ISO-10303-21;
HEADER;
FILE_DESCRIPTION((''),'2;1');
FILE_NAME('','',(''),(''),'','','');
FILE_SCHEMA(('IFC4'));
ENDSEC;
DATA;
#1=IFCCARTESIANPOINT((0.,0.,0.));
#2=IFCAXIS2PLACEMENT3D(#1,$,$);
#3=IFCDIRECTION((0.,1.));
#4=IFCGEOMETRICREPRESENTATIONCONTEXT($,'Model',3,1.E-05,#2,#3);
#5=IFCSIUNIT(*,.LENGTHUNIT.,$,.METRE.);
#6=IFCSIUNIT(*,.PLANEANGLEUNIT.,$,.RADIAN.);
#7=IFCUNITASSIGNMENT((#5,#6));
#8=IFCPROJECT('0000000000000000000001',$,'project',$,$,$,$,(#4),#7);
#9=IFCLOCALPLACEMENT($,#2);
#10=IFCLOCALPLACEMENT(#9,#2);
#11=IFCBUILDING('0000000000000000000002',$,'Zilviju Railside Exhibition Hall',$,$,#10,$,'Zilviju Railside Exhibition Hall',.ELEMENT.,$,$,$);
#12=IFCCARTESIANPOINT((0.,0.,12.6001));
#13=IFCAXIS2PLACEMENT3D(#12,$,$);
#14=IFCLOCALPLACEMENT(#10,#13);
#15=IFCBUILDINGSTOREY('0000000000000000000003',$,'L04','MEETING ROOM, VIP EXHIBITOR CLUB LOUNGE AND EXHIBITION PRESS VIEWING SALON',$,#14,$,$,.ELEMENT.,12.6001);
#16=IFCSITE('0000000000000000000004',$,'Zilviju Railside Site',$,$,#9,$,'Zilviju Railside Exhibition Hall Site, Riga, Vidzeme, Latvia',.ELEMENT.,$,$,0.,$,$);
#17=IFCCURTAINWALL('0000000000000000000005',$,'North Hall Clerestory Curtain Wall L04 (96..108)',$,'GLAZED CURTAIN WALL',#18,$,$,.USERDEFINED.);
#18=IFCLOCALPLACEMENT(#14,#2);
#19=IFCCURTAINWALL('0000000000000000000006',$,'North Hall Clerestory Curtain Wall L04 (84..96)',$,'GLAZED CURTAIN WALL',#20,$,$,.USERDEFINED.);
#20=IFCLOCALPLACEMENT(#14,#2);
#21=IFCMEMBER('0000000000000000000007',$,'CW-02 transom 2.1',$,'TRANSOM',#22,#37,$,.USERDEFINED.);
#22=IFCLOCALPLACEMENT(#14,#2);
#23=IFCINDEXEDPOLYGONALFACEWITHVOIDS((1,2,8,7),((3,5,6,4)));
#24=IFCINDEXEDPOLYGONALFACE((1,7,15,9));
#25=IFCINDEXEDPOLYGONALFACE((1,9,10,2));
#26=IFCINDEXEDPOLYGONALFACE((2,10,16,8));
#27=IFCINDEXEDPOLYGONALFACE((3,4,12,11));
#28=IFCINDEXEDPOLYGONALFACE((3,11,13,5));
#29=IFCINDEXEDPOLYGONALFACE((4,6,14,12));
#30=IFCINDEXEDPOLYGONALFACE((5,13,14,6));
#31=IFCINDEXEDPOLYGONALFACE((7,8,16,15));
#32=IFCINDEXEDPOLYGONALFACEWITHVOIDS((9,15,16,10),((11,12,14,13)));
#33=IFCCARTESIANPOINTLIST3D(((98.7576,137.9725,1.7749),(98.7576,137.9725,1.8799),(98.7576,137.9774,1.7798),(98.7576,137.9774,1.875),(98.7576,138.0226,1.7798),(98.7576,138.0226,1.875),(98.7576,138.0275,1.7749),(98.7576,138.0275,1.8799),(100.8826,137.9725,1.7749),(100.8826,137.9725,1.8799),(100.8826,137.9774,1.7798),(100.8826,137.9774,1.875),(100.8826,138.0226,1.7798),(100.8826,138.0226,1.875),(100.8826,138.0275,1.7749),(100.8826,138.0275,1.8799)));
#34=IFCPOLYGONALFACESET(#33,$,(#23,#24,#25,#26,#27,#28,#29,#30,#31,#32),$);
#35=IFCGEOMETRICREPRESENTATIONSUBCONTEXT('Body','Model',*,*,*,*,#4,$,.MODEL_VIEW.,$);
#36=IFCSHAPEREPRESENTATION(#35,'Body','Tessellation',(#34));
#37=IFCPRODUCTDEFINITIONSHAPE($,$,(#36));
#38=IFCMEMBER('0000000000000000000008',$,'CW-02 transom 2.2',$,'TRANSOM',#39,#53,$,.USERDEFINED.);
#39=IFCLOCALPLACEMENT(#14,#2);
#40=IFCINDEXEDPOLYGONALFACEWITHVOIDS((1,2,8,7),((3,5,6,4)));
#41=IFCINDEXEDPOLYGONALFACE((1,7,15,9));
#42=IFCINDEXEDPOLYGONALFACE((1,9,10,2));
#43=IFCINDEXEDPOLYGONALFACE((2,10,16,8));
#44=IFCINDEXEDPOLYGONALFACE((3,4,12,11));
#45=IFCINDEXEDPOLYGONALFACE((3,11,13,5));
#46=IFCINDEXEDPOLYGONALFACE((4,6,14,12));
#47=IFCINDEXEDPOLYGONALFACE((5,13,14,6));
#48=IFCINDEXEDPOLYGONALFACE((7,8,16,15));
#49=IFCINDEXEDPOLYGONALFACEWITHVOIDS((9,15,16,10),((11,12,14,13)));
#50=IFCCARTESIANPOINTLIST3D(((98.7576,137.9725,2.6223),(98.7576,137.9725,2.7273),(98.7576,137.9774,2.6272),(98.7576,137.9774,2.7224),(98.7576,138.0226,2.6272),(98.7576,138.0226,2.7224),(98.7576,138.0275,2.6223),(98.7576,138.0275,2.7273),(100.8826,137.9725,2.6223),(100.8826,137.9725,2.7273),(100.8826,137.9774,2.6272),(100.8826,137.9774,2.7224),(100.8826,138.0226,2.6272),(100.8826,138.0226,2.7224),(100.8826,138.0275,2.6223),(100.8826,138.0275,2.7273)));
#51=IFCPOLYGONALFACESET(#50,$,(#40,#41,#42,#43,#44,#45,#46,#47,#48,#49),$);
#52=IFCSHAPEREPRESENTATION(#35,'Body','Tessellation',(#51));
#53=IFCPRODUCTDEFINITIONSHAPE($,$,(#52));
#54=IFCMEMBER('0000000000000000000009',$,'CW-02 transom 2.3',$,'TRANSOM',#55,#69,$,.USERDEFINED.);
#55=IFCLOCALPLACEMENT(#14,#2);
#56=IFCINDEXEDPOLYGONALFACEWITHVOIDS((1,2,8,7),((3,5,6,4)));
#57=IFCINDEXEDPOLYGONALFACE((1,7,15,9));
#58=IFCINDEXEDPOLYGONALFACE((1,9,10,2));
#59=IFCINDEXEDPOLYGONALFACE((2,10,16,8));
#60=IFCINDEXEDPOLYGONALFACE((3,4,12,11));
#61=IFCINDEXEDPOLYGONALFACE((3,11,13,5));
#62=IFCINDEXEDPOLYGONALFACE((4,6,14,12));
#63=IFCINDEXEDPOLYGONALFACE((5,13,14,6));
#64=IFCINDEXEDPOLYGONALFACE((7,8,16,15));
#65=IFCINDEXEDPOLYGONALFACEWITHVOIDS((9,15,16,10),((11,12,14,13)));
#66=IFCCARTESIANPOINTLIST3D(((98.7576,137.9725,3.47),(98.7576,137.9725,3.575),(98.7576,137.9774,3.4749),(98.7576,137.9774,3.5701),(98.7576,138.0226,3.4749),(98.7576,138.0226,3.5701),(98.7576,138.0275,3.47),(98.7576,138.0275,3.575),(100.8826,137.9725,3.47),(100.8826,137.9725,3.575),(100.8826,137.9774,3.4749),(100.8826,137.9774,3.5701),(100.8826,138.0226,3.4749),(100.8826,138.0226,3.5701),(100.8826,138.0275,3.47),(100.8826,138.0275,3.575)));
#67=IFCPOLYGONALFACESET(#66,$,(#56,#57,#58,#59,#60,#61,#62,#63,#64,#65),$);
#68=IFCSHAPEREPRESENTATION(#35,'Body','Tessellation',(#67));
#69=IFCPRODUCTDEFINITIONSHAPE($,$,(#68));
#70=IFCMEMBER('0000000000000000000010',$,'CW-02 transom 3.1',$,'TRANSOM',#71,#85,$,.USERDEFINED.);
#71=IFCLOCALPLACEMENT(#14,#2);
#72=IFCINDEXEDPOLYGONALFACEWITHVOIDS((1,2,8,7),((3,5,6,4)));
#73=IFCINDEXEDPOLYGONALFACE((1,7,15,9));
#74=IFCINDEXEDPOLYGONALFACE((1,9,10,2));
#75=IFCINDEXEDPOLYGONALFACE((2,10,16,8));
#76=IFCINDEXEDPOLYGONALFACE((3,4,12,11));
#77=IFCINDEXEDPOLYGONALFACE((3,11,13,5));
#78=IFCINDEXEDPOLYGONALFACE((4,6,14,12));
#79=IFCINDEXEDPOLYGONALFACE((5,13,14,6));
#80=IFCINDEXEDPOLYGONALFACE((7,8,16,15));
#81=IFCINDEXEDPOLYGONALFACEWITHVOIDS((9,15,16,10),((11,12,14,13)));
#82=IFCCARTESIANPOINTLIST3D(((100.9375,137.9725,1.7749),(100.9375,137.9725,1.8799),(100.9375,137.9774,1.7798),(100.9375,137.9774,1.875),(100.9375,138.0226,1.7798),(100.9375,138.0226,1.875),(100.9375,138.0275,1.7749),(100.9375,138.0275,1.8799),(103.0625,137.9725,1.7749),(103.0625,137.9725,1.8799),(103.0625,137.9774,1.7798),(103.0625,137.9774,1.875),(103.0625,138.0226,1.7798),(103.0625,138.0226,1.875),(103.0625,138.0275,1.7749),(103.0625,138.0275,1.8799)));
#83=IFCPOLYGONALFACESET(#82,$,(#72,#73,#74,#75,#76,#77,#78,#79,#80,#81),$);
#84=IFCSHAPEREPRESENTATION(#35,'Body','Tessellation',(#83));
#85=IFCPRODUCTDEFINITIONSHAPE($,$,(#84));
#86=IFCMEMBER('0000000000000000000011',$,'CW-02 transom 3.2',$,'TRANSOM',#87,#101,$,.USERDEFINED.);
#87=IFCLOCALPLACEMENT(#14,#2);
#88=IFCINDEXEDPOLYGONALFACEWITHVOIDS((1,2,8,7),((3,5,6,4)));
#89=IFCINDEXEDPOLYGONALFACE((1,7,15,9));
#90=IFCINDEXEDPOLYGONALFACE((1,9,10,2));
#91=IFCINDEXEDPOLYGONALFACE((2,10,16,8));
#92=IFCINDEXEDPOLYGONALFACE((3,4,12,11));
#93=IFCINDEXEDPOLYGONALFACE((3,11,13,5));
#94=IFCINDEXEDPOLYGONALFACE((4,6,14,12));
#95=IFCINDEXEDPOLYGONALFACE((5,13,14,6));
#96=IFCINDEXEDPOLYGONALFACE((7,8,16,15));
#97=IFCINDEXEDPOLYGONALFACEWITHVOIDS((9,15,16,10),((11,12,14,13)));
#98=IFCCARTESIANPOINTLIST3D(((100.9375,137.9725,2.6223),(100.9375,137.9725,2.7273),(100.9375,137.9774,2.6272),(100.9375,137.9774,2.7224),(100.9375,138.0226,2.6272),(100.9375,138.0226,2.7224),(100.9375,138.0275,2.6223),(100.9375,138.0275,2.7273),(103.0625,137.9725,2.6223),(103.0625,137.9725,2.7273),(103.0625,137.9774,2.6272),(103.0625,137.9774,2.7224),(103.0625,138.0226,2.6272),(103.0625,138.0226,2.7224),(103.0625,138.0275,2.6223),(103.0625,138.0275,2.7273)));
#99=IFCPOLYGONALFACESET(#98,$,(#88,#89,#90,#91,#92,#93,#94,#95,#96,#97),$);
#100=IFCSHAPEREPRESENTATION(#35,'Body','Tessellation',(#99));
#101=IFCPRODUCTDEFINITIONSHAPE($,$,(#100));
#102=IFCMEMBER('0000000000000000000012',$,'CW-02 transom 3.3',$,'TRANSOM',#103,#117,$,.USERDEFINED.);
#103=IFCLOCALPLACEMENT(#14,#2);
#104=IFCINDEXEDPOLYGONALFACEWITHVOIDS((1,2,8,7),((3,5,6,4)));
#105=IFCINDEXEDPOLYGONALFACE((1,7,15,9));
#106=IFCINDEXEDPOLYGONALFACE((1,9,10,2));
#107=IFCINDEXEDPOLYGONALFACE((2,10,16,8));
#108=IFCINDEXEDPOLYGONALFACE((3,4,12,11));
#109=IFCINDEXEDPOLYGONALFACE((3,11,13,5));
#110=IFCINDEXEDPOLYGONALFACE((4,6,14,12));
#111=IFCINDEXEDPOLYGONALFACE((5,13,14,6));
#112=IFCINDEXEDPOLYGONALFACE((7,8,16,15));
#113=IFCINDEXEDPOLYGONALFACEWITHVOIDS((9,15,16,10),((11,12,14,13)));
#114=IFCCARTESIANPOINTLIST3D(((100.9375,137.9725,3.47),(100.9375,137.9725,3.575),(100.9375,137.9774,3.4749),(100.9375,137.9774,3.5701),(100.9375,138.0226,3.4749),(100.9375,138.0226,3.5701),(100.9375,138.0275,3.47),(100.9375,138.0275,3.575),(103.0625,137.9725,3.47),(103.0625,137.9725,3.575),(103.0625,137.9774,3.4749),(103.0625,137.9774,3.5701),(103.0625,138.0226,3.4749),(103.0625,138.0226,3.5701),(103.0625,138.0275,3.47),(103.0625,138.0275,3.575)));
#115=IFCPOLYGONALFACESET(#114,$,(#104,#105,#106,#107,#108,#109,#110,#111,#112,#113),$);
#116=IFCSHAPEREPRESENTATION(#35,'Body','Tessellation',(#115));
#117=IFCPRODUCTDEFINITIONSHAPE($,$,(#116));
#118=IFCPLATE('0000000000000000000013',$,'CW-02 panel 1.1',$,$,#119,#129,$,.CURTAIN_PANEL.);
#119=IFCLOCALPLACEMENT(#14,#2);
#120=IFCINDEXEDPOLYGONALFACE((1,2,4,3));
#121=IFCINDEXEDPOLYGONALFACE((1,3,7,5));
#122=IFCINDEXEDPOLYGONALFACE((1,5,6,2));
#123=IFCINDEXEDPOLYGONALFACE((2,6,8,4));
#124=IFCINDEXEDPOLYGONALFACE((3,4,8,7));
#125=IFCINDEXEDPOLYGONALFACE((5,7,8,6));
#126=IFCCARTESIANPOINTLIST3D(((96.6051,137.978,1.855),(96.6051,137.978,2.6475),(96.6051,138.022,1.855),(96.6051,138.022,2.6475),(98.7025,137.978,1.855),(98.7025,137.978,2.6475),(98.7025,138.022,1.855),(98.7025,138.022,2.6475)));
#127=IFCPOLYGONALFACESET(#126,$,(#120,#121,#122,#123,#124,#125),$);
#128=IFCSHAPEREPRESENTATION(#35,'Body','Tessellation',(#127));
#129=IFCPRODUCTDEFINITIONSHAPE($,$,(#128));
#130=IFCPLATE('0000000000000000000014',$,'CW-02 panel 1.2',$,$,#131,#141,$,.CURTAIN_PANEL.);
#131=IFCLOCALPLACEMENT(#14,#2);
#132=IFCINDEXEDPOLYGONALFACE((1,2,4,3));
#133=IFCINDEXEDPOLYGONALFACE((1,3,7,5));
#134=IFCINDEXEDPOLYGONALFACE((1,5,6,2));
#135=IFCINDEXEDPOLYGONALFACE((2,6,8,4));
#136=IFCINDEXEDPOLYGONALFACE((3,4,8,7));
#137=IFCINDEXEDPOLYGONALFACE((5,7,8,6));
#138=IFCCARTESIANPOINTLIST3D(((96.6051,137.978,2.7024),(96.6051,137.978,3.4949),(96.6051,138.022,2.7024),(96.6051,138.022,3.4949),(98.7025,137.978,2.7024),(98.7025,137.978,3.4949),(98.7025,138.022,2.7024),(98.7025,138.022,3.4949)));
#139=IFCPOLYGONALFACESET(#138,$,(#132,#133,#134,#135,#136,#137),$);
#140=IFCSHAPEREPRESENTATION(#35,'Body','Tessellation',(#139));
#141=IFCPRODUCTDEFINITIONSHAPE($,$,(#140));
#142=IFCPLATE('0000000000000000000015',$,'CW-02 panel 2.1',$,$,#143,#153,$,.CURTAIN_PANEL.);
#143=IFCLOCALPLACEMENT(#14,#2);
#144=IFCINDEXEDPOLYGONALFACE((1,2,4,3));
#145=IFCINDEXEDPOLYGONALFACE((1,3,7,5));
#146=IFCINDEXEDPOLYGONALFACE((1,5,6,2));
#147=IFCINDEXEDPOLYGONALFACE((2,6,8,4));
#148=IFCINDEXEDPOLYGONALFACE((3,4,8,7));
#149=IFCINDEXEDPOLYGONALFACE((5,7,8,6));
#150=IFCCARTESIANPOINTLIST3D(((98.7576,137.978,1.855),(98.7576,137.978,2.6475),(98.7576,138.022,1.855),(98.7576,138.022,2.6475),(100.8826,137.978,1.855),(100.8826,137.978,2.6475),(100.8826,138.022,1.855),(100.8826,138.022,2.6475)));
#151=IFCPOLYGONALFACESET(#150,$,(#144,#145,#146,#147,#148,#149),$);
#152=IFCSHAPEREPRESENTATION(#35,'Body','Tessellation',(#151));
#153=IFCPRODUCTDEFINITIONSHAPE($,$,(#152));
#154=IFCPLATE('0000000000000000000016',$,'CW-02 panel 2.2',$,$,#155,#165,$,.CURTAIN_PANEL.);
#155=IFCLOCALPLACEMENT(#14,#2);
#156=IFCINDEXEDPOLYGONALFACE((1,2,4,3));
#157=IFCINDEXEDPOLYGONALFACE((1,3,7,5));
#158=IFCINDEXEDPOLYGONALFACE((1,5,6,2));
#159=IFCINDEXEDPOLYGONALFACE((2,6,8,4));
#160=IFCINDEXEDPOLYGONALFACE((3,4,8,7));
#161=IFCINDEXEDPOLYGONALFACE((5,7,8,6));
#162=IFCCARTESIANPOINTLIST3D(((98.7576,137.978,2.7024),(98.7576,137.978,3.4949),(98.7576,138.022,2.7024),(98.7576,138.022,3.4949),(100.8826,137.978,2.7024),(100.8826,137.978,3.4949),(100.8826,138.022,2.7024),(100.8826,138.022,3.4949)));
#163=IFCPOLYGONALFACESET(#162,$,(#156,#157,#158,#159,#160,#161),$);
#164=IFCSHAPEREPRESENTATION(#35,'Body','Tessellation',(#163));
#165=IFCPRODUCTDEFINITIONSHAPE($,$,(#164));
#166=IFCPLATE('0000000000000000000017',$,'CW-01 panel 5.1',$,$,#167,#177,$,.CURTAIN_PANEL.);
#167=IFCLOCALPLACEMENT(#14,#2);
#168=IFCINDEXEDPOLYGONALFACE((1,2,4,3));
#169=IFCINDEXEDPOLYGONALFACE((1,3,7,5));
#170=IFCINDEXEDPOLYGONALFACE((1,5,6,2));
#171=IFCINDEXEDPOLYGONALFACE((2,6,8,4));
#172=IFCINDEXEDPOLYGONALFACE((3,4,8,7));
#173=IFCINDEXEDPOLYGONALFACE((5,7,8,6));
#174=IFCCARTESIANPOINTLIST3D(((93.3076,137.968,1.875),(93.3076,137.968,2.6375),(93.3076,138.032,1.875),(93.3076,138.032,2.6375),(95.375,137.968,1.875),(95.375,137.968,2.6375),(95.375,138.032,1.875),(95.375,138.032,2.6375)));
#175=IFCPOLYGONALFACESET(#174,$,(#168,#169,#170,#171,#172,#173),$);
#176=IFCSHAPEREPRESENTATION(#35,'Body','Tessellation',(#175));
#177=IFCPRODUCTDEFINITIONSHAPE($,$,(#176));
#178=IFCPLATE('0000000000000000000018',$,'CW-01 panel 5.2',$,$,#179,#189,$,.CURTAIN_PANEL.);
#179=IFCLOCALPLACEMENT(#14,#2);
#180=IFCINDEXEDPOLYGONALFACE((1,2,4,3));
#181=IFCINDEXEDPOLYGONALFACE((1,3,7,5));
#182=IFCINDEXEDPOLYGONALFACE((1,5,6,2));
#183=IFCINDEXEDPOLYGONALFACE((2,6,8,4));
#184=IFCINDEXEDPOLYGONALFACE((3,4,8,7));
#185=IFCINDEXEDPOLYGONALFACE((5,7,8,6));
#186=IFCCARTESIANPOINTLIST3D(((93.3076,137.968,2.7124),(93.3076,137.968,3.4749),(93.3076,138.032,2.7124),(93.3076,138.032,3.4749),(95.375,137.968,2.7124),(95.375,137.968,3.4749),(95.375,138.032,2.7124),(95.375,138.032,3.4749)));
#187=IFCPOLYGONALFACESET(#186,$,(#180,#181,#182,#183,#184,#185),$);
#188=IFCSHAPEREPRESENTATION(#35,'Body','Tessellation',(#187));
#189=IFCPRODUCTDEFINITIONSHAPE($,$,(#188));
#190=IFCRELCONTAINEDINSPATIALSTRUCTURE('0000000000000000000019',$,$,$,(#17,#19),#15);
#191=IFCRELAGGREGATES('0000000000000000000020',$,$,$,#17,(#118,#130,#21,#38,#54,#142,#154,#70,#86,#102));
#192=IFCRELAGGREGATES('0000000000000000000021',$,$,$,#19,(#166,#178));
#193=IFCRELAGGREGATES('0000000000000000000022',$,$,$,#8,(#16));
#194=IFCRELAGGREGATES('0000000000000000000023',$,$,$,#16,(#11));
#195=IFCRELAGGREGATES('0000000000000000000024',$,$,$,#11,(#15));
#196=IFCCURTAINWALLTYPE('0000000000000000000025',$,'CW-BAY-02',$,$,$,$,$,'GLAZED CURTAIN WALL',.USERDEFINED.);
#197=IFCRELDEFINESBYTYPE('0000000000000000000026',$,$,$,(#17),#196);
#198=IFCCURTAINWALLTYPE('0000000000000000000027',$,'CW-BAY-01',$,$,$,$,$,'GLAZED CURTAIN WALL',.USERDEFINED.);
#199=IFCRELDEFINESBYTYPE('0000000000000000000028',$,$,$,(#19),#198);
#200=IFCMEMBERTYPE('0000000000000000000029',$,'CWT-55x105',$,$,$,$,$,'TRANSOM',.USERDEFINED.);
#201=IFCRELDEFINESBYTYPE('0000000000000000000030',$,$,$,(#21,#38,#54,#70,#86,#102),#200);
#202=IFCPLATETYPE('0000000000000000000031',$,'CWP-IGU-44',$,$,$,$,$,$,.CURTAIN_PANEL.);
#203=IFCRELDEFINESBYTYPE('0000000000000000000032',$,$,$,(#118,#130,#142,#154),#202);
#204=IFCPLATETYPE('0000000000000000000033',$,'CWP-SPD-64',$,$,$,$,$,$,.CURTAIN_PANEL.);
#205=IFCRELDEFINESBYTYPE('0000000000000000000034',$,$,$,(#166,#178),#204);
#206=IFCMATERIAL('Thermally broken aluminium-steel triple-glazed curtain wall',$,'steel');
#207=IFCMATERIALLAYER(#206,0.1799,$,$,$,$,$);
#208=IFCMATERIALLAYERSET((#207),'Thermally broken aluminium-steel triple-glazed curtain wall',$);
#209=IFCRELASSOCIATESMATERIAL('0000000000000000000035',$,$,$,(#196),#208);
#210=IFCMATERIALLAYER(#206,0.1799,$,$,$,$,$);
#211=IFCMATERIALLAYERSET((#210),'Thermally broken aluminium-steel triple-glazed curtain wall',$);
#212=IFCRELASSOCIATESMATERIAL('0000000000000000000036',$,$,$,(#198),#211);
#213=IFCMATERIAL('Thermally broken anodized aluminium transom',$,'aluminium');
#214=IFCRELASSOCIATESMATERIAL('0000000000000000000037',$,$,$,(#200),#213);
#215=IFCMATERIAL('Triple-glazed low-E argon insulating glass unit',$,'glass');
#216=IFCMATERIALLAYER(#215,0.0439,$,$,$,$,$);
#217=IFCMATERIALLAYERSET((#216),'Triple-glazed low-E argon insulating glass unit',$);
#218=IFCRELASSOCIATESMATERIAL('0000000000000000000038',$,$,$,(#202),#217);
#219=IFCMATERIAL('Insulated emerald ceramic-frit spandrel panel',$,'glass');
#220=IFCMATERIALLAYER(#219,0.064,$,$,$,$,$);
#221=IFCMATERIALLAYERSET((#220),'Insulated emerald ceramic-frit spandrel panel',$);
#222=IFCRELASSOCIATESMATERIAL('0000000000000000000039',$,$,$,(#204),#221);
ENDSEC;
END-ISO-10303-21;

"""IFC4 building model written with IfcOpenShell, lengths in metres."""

from ifc_helpers import new_model, si_unit, direction, frame, origin, origin_2d, place, context, subcontext, project, spatial, rectangle, hollow_rectangle, extrude, material, layer, layer_set, material_profile, profile_set, type_object, element, aggregate, save


model = new_model("IFC4")

# Units and contexts
model_context = context("Model", 3, precision=1e-05, world=origin(), true_north=direction((0.0, 1.0)))
body_context = subcontext(model_context, "Body", "Model", "MODEL_VIEW")
ifc_project = project(units=[si_unit("LENGTHUNIT", "METRE"), si_unit("PLANEANGLEUNIT", "RADIAN")], contexts=[model_context])

# Site, building, storey
site_placement = place(None, origin())
site = spatial("IfcSite", under=ifc_project, at=site_placement, Name="Zilviju Railside Site", LongName="Zilviju Railside Exhibition Hall Site, Riga, Vidzeme, Latvia", CompositionType="ELEMENT", RefElevation=0.0)
building_placement = place(site_placement, origin())
building = spatial("IfcBuilding", under=site, at=building_placement, Name="Zilviju Railside Exhibition Hall", LongName="Zilviju Railside Exhibition Hall", CompositionType="ELEMENT")
storey_placement = place(building_placement, frame((0.0, 0.0, 12.6001)))
storey = spatial("IfcBuildingStorey", under=building, at=storey_placement, Name="L04", Description="MEETING ROOM, VIP EXHIBITOR CLUB LOUNGE AND EXHIBITION PRESS VIEWING SALON", CompositionType="ELEMENT", Elevation=12.6001)

# Curtain wall
ifc_material_1 = material(Name="Thermally broken aluminium-steel triple-glazed curtain wall", Category="steel")
ifc_layer_1 = layer(ifc_material_1, 0.1799)
ifc_layer_set_1 = layer_set([ifc_layer_1], Name="Thermally broken aluminium-steel triple-glazed curtain wall")
curtain_wall_type_1 = type_object("IfcCurtainWallType", Name="CW-BAY-02", ElementType="GLAZED CURTAIN WALL", PredefinedType="USERDEFINED", material=ifc_layer_set_1)
curtain_wall_1_placement = place(storey_placement, origin())
curtain_wall_1 = element("IfcCurtainWall", 1, at=curtain_wall_1_placement, inside=storey, type_object=curtain_wall_type_1, Name="North Hall Clerestory Curtain Wall L04 (96..108)", ObjectType="GLAZED CURTAIN WALL", PredefinedType="USERDEFINED")

# Curtain wall
ifc_layer_2 = layer(ifc_material_1, 0.1799)
ifc_layer_set_2 = layer_set([ifc_layer_2], Name="Thermally broken aluminium-steel triple-glazed curtain wall")
curtain_wall_type_2 = type_object("IfcCurtainWallType", Name="CW-BAY-01", ElementType="GLAZED CURTAIN WALL", PredefinedType="USERDEFINED", material=ifc_layer_set_2)
curtain_wall_2_placement = place(storey_placement, origin())
curtain_wall_2 = element("IfcCurtainWall", 2, at=curtain_wall_2_placement, inside=storey, type_object=curtain_wall_type_2, Name="North Hall Clerestory Curtain Wall L04 (84..96)", ObjectType="GLAZED CURTAIN WALL", PredefinedType="USERDEFINED")

# Members
ifc_material_2 = material(Name="Thermally broken anodized aluminium transom", Category="aluminium")
ifc_material_profile_1 = material_profile(ifc_material_2, hollow_rectangle(XDim=0.0549, YDim=0.105, WallThickness=0.0049, at=origin_2d()), Name="TRANSOM 105x55x5")
ifc_profile_set_1 = profile_set([ifc_material_profile_1], Name="Thermally broken anodized aluminium transom")
member_type_1 = type_object("IfcMemberType", Name="CWT-55x105", ElementType="TRANSOM", PredefinedType="USERDEFINED", material=ifc_profile_set_1)
member_1_placement = place(storey_placement, frame((98.7576, 138.0, 1.8274), z_axis=(1.0, 0.0, 0.0), x_axis=(0.0, 1.0, 0.0)))
member_1 = element("IfcMember", 3, at=member_1_placement, type_object=member_type_1, Name="CW-02 transom 2.1", ObjectType="TRANSOM", PredefinedType="USERDEFINED", context=body_context, shape_type="SweptSolid", body=[
    extrude(hollow_rectangle(XDim=0.0549, YDim=0.105, WallThickness=0.0049, at=origin_2d()), origin(), (0.0, 0.0, 1.0), 2.125),
])
member_2_placement = place(storey_placement, frame((98.7576, 138.0, 2.6748), z_axis=(1.0, 0.0, 0.0), x_axis=(0.0, 1.0, 0.0)))
member_2 = element("IfcMember", 4, at=member_2_placement, type_object=member_type_1, Name="CW-02 transom 2.2", ObjectType="TRANSOM", PredefinedType="USERDEFINED", context=body_context, shape_type="SweptSolid", body=[
    extrude(hollow_rectangle(XDim=0.0549, YDim=0.105, WallThickness=0.0049, at=origin_2d()), origin(), (0.0, 0.0, 1.0), 2.125),
])
member_3_placement = place(storey_placement, frame((98.7576, 138.0, 3.5225), z_axis=(1.0, 0.0, 0.0), x_axis=(0.0, 1.0, 0.0)))
member_3 = element("IfcMember", 5, at=member_3_placement, type_object=member_type_1, Name="CW-02 transom 2.3", ObjectType="TRANSOM", PredefinedType="USERDEFINED", context=body_context, shape_type="SweptSolid", body=[
    extrude(hollow_rectangle(XDim=0.0549, YDim=0.105, WallThickness=0.0049, at=origin_2d()), origin(), (0.0, 0.0, 1.0), 2.125),
])
member_4_placement = place(storey_placement, frame((100.9375, 138.0, 1.8274), z_axis=(1.0, 0.0, 0.0), x_axis=(0.0, 1.0, 0.0)))
member_4 = element("IfcMember", 6, at=member_4_placement, type_object=member_type_1, Name="CW-02 transom 3.1", ObjectType="TRANSOM", PredefinedType="USERDEFINED", context=body_context, shape_type="SweptSolid", body=[
    extrude(hollow_rectangle(XDim=0.0549, YDim=0.105, WallThickness=0.0049, at=origin_2d()), origin(), (0.0, 0.0, 1.0), 2.125),
])
member_5_placement = place(storey_placement, frame((100.9375, 138.0, 2.6748), z_axis=(1.0, 0.0, 0.0), x_axis=(0.0, 1.0, 0.0)))
member_5 = element("IfcMember", 7, at=member_5_placement, type_object=member_type_1, Name="CW-02 transom 3.2", ObjectType="TRANSOM", PredefinedType="USERDEFINED", context=body_context, shape_type="SweptSolid", body=[
    extrude(hollow_rectangle(XDim=0.0549, YDim=0.105, WallThickness=0.0049, at=origin_2d()), origin(), (0.0, 0.0, 1.0), 2.125),
])
member_6_placement = place(storey_placement, frame((100.9375, 138.0, 3.5225), z_axis=(1.0, 0.0, 0.0), x_axis=(0.0, 1.0, 0.0)))
member_6 = element("IfcMember", 8, at=member_6_placement, type_object=member_type_1, Name="CW-02 transom 3.3", ObjectType="TRANSOM", PredefinedType="USERDEFINED", context=body_context, shape_type="SweptSolid", body=[
    extrude(hollow_rectangle(XDim=0.0549, YDim=0.105, WallThickness=0.0049, at=origin_2d()), origin(), (0.0, 0.0, 1.0), 2.125),
])

# Plates
ifc_material_3 = material(Name="Triple-glazed low-E argon insulating glass unit", Category="glass")
ifc_layer_3 = layer(ifc_material_3, 0.0439)
ifc_layer_set_3 = layer_set([ifc_layer_3], Name="Triple-glazed low-E argon insulating glass unit")
plate_type_1 = type_object("IfcPlateType", Name="CWP-IGU-44", PredefinedType="CURTAIN_PANEL", material=ifc_layer_set_3)
plate_1_placement = place(storey_placement, frame((97.6538, 138.0, 1.855), z_axis=(0.0, 0.0, 1.0), x_axis=(1.0, 0.0, 0.0)))
plate_1 = element("IfcPlate", 9, at=plate_1_placement, type_object=plate_type_1, Name="CW-02 panel 1.1", PredefinedType="CURTAIN_PANEL", context=body_context, shape_type="SweptSolid", body=[
    extrude(rectangle(XDim=2.0974, YDim=0.0439, at=origin_2d()), origin(), (0.0, 0.0, 1.0), 0.7925),
])
plate_2_placement = place(storey_placement, frame((97.6538, 138.0, 2.7024), z_axis=(0.0, 0.0, 1.0), x_axis=(1.0, 0.0, 0.0)))
plate_2 = element("IfcPlate", 10, at=plate_2_placement, type_object=plate_type_1, Name="CW-02 panel 1.2", PredefinedType="CURTAIN_PANEL", context=body_context, shape_type="SweptSolid", body=[
    extrude(rectangle(XDim=2.0974, YDim=0.0439, at=origin_2d()), origin(), (0.0, 0.0, 1.0), 0.7925),
])
plate_3_placement = place(storey_placement, frame((99.8201, 138.0, 1.855), z_axis=(0.0, 0.0, 1.0), x_axis=(1.0, 0.0, 0.0)))
plate_3 = element("IfcPlate", 11, at=plate_3_placement, type_object=plate_type_1, Name="CW-02 panel 2.1", PredefinedType="CURTAIN_PANEL", context=body_context, shape_type="SweptSolid", body=[
    extrude(rectangle(XDim=2.125, YDim=0.0439, at=origin_2d()), origin(), (0.0, 0.0, 1.0), 0.7925),
])
plate_4_placement = place(storey_placement, frame((99.8201, 138.0, 2.7024), z_axis=(0.0, 0.0, 1.0), x_axis=(1.0, 0.0, 0.0)))
plate_4 = element("IfcPlate", 12, at=plate_4_placement, type_object=plate_type_1, Name="CW-02 panel 2.2", PredefinedType="CURTAIN_PANEL", context=body_context, shape_type="SweptSolid", body=[
    extrude(rectangle(XDim=2.125, YDim=0.0439, at=origin_2d()), origin(), (0.0, 0.0, 1.0), 0.7925),
])
aggregate(curtain_wall_1, [plate_1, plate_2, member_1, member_2, member_3, plate_3, plate_4, member_4, member_5, member_6])
ifc_material_4 = material(Name="Insulated emerald ceramic-frit spandrel panel", Category="glass")
ifc_layer_4 = layer(ifc_material_4, 0.064)
ifc_layer_set_4 = layer_set([ifc_layer_4], Name="Insulated emerald ceramic-frit spandrel panel")
plate_type_2 = type_object("IfcPlateType", Name="CWP-SPD-64", PredefinedType="CURTAIN_PANEL", material=ifc_layer_set_4)
plate_5_placement = place(storey_placement, frame((94.3413, 138.0, 1.875), z_axis=(0.0, 0.0, 1.0), x_axis=(1.0, 0.0, 0.0)))
plate_5 = element("IfcPlate", 13, at=plate_5_placement, type_object=plate_type_2, Name="CW-01 panel 5.1", PredefinedType="CURTAIN_PANEL", context=body_context, shape_type="SweptSolid", body=[
    extrude(rectangle(XDim=2.0674, YDim=0.064, at=origin_2d()), origin(), (0.0, 0.0, 1.0), 0.7625),
])
plate_6_placement = place(storey_placement, frame((94.3413, 138.0, 2.7124), z_axis=(0.0, 0.0, 1.0), x_axis=(1.0, 0.0, 0.0)))
plate_6 = element("IfcPlate", 14, at=plate_6_placement, type_object=plate_type_2, Name="CW-01 panel 5.2", PredefinedType="CURTAIN_PANEL", context=body_context, shape_type="SweptSolid", body=[
    extrude(rectangle(XDim=2.0674, YDim=0.064, at=origin_2d()), origin(), (0.0, 0.0, 1.0), 0.7625),
])
aggregate(curtain_wall_2, [plate_5, plate_6])

save(model, "model.ifc")
